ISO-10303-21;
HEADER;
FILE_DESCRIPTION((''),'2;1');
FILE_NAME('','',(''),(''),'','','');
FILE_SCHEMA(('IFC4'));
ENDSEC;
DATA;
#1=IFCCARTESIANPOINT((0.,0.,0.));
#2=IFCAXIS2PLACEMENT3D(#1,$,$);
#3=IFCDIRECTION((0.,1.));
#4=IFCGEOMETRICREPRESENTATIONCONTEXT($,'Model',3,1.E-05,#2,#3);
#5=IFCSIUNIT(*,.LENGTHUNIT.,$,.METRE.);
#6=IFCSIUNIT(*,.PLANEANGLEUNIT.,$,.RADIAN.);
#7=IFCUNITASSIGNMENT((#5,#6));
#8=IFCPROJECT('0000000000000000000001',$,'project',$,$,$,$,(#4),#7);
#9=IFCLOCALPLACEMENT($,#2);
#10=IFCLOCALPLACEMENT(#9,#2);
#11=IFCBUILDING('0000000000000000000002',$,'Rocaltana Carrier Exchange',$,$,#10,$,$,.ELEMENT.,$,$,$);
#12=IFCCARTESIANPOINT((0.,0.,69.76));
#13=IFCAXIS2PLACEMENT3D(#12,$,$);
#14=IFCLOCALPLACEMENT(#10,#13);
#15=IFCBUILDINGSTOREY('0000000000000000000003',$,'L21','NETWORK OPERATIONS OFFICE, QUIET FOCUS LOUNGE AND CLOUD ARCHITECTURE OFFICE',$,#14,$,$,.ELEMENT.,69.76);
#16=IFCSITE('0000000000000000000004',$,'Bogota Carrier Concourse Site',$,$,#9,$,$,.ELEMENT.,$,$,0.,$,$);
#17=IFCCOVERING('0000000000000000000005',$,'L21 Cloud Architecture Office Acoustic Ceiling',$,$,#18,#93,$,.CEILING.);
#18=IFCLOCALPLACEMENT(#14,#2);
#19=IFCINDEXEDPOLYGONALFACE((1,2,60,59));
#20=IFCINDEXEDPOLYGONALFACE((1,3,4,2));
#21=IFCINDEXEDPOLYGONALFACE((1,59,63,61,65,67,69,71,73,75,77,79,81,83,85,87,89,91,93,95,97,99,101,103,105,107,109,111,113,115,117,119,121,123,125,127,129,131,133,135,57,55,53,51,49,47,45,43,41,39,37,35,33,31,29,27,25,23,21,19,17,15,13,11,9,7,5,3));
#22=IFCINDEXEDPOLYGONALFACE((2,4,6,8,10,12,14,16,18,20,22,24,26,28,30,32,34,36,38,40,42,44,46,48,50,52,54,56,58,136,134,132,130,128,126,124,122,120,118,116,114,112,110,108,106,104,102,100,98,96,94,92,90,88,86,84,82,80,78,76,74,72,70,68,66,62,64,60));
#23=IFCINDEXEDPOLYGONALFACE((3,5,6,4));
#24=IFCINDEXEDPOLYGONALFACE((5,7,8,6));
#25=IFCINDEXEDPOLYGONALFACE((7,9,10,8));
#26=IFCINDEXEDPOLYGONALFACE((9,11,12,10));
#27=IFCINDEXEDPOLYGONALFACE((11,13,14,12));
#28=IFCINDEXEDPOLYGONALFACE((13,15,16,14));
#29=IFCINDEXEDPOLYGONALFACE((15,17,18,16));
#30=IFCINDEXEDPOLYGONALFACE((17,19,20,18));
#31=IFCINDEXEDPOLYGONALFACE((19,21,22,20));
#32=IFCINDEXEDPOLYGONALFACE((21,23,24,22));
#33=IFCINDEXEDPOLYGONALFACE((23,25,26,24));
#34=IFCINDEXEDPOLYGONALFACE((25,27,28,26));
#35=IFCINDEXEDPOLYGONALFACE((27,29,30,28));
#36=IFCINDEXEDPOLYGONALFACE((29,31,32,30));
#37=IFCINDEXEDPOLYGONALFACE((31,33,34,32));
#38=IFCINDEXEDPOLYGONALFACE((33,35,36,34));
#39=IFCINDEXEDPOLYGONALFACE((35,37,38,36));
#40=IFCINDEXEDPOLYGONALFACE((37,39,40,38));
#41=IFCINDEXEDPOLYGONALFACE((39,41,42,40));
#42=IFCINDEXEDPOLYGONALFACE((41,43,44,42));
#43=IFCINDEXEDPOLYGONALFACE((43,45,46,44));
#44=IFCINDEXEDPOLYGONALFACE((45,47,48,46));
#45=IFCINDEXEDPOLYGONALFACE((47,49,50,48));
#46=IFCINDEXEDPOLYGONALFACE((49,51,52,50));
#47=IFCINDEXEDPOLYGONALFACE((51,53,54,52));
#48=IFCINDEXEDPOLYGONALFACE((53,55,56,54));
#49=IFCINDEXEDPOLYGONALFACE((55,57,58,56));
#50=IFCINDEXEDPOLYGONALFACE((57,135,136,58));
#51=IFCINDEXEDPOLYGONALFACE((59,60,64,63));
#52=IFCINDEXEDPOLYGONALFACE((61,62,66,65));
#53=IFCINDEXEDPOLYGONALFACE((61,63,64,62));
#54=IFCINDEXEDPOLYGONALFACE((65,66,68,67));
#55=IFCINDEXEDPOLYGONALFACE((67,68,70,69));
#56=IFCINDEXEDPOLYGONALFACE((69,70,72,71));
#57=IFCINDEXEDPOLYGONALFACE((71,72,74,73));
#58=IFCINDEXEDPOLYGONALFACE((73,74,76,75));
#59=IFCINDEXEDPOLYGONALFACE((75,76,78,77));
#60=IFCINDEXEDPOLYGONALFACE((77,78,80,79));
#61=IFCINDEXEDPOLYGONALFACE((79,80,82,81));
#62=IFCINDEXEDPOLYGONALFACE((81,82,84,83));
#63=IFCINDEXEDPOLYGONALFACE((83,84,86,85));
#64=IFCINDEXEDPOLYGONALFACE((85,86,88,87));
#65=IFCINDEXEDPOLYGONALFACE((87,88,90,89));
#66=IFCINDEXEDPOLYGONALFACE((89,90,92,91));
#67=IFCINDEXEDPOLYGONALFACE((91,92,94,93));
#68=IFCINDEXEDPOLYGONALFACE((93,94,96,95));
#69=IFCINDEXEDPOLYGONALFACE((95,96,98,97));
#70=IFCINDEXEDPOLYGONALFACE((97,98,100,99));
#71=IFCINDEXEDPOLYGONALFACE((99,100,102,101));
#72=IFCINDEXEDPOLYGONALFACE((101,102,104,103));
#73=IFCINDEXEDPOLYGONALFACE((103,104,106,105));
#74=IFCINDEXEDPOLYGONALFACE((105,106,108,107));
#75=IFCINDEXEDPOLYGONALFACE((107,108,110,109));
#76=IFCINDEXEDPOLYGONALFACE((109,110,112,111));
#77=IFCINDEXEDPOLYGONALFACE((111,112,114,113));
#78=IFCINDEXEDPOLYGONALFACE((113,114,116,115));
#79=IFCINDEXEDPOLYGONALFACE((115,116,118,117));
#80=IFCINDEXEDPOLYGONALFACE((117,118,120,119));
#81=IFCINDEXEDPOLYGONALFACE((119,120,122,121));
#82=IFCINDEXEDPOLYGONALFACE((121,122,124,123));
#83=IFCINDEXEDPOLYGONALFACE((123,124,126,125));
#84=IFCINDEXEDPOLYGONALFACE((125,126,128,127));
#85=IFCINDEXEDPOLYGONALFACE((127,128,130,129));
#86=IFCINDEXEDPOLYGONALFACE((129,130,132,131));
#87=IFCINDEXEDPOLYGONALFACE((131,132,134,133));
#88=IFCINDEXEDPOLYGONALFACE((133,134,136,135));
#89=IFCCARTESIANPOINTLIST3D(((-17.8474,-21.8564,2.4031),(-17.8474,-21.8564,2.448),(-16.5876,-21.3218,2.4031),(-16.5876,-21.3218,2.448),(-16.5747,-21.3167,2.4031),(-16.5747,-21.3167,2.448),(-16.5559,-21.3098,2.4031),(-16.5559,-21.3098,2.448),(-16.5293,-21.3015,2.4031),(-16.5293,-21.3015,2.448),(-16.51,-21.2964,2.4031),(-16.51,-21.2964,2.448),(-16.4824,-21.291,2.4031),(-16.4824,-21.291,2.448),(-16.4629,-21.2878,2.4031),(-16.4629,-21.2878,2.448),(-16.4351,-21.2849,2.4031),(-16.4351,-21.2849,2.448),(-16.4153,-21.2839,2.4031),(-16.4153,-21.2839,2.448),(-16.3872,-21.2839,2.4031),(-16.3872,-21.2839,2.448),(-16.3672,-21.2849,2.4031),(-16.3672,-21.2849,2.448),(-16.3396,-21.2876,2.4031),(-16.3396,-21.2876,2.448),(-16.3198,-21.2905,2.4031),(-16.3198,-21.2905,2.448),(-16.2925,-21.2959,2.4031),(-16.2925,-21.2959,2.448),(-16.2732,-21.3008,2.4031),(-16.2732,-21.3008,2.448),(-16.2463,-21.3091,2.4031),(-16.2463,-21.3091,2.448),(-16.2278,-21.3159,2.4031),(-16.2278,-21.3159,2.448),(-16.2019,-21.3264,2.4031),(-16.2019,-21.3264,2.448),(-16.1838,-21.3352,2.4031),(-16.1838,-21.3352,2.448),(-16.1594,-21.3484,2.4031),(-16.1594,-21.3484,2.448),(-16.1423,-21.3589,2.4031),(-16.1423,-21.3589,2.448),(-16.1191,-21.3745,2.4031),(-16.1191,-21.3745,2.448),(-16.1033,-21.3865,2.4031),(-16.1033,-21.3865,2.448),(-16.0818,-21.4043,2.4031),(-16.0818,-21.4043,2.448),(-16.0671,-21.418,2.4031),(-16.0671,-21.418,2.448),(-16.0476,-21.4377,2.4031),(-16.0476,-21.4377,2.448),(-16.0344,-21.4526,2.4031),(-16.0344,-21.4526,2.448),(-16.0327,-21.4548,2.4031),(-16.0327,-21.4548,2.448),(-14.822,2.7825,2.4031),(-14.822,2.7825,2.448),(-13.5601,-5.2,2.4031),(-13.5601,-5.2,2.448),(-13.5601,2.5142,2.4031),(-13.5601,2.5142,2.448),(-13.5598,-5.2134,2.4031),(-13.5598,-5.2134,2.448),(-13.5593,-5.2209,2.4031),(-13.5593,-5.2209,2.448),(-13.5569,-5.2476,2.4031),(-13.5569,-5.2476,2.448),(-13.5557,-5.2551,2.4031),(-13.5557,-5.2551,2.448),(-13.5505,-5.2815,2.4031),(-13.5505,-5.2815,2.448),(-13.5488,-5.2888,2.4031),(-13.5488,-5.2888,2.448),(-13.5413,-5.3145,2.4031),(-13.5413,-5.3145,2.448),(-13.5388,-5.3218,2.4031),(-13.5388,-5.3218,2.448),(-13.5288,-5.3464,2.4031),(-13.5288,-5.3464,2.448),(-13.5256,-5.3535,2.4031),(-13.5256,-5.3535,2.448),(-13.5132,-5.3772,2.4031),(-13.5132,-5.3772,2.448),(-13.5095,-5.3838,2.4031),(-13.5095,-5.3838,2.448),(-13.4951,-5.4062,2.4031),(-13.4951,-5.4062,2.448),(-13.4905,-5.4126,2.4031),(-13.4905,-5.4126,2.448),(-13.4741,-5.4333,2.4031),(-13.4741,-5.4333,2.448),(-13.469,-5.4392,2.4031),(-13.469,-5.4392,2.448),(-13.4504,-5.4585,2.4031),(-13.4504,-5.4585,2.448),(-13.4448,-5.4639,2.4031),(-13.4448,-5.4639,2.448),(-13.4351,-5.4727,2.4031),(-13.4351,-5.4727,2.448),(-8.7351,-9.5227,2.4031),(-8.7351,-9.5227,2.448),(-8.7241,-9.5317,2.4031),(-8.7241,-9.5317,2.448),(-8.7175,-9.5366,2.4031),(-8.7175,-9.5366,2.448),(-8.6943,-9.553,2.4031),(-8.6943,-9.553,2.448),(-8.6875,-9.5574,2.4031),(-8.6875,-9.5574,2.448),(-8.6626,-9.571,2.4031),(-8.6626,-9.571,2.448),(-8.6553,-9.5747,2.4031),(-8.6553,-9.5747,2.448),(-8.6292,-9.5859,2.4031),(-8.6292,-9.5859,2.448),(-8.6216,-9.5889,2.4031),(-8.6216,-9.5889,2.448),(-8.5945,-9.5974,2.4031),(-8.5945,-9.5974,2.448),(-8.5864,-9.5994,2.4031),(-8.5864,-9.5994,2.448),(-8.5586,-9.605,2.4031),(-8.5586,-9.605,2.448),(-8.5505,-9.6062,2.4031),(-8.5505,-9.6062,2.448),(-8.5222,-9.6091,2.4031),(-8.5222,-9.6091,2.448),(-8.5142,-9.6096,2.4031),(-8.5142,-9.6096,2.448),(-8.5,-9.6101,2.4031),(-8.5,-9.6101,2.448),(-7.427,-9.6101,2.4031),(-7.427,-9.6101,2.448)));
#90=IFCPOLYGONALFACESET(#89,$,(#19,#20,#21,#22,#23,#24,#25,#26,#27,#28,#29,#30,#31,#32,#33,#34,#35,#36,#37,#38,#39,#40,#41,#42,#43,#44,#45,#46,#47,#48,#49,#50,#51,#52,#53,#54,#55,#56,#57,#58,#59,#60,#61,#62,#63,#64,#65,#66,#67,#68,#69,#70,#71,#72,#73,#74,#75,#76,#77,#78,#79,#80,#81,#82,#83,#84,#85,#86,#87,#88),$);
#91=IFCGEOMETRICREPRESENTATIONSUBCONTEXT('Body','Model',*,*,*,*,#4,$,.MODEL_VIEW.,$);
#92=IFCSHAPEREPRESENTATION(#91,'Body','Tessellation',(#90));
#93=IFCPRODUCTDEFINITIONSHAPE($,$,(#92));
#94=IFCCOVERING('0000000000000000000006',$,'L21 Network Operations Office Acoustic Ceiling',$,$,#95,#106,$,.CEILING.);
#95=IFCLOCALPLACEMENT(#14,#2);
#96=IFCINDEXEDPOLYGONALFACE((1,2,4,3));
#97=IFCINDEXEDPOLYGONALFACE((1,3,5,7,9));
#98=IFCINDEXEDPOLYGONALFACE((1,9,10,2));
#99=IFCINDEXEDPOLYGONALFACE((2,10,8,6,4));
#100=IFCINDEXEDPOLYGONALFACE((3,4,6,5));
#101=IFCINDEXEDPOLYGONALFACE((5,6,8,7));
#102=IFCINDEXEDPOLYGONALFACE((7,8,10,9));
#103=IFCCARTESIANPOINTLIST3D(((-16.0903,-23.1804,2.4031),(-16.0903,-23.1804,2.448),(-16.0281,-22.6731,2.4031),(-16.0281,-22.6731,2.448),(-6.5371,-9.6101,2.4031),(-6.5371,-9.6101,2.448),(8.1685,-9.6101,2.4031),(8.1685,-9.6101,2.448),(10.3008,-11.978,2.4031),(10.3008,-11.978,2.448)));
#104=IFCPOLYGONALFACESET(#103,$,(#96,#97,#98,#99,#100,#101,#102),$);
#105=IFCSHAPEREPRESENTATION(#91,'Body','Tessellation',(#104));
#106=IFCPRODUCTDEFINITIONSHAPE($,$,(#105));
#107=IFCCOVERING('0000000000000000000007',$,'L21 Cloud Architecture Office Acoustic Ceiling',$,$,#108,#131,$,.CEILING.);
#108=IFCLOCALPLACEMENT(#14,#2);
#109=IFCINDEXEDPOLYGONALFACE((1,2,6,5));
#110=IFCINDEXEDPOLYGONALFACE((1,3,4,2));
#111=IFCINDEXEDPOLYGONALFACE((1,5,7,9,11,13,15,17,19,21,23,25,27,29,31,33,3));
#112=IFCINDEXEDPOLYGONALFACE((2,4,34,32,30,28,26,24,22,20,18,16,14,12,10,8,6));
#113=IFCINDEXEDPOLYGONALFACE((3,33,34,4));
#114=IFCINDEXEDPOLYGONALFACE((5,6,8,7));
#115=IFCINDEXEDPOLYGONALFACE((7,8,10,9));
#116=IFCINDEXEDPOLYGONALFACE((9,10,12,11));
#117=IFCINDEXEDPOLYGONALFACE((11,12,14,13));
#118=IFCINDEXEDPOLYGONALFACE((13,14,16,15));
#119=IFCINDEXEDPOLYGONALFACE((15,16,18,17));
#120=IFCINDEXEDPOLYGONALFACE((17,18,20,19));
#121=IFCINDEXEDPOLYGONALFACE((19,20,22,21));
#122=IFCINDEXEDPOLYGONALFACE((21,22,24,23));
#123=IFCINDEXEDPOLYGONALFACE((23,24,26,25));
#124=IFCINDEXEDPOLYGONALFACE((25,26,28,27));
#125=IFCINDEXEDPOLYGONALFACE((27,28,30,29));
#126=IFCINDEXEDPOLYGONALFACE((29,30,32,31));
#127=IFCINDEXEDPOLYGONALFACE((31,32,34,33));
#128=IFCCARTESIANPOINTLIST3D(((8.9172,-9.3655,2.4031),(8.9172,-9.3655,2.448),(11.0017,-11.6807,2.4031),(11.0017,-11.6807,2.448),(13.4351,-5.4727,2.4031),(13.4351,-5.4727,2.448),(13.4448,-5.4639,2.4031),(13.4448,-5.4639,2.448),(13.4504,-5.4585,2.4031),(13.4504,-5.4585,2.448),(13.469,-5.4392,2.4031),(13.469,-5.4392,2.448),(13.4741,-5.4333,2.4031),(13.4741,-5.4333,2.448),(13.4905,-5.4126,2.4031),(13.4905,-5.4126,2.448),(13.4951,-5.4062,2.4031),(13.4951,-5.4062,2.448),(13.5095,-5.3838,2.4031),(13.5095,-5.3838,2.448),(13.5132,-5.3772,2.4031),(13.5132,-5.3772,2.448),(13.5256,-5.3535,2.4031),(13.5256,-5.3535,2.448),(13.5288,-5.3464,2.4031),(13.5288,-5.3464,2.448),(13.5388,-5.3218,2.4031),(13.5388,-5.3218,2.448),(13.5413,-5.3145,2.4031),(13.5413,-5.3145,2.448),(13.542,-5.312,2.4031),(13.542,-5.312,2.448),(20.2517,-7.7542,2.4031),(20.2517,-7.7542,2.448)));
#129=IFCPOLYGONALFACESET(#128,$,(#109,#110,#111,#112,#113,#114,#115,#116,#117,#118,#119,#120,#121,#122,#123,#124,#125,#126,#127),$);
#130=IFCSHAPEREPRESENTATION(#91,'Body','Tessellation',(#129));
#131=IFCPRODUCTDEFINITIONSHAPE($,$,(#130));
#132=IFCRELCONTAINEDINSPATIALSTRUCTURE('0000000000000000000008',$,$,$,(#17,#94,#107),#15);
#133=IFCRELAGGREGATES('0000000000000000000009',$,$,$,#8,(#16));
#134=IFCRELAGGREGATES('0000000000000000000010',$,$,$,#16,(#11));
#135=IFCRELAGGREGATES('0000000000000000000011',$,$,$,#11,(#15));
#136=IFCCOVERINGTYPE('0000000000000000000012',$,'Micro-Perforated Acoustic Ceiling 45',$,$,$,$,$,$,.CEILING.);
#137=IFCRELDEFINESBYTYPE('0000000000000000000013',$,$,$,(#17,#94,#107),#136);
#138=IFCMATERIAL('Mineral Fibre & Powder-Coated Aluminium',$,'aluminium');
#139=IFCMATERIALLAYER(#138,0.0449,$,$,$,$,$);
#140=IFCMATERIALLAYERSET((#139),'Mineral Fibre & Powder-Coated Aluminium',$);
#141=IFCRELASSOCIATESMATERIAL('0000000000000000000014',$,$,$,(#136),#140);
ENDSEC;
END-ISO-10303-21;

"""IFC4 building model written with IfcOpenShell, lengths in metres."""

from ifc_helpers import new_model, si_unit, direction, frame, origin, place, context, subcontext, project, spatial, polyline, outline, extrude, material, layer, layer_set, type_object, element, save


model = new_model("IFC4")

# Units and contexts
model_context = context("Model", 3, precision=1e-05, world=origin(), true_north=direction((0.0, 1.0)))
body_context = subcontext(model_context, "Body", "Model", "MODEL_VIEW")
ifc_project = project(units=[si_unit("LENGTHUNIT", "METRE"), si_unit("PLANEANGLEUNIT", "RADIAN")], contexts=[model_context])

# Site, building, storey
site_placement = place(None, origin())
site = spatial("IfcSite", under=ifc_project, at=site_placement, Name="Bogota Carrier Concourse Site", CompositionType="ELEMENT", RefElevation=0.0)
building_placement = place(site_placement, origin())
building = spatial("IfcBuilding", under=site, at=building_placement, Name="Rocaltana Carrier Exchange", CompositionType="ELEMENT")
storey_placement = place(building_placement, frame((0.0, 0.0, 69.76)))
storey = spatial("IfcBuildingStorey", under=building, at=storey_placement, Name="L21", Description="NETWORK OPERATIONS OFFICE, QUIET FOCUS LOUNGE AND CLOUD ARCHITECTURE OFFICE", CompositionType="ELEMENT", Elevation=69.76)

# Coverings
ifc_material_1 = material(Name="Mineral Fibre & Powder-Coated Aluminium", Category="aluminium")
ifc_layer_1 = layer(ifc_material_1, 0.0449)
ifc_layer_set_1 = layer_set([ifc_layer_1], Name="Mineral Fibre & Powder-Coated Aluminium")
covering_type_1 = type_object("IfcCoveringType", Name="Micro-Perforated Acoustic Ceiling 45", PredefinedType="CEILING", material=ifc_layer_set_1)
covering_1_placement = place(storey_placement, frame((0.0, 0.0, 2.4031)))
element("IfcCovering", 1, at=covering_1_placement, inside=storey, type_object=covering_type_1, Name="L21 Cloud Architecture Office Acoustic Ceiling", PredefinedType="CEILING", context=body_context, shape_type="SweptSolid", body=[
    extrude(outline(polyline([(-16.0327, -21.4548), (-16.0344, -21.4526), (-16.0476, -21.4377), (-16.0671, -21.418), (-16.0818, -21.4043), (-16.1033, -21.3865), (-16.1191, -21.3745), (-16.1423, -21.3589), (-16.1594, -21.3484), (-16.1838, -21.3352), (-16.2019, -21.3264), (-16.2278, -21.3159), (-16.2463, -21.3091), (-16.2732, -21.3008), (-16.2925, -21.2959), (-16.3198, -21.2905), (-16.3396, -21.2876), (-16.3672, -21.2849), (-16.3872, -21.2839), (-16.4153, -21.2839), (-16.4351, -21.2849), (-16.4629, -21.2878), (-16.4824, -21.291), (-16.51, -21.2964), (-16.5293, -21.3015), (-16.5559, -21.3098), (-16.5747, -21.3167), (-16.5876, -21.3218), (-17.8474, -21.8564), (-14.822, 2.7825), (-13.5601, 2.5142), (-13.5601, -5.2), (-13.5598, -5.2134), (-13.5593, -5.2209), (-13.5569, -5.2476), (-13.5557, -5.2551), (-13.5505, -5.2815), (-13.5488, -5.2888), (-13.5413, -5.3145), (-13.5388, -5.3218), (-13.5288, -5.3464), (-13.5256, -5.3535), (-13.5132, -5.3772), (-13.5095, -5.3838), (-13.4951, -5.4062), (-13.4905, -5.4126), (-13.4741, -5.4333), (-13.469, -5.4392), (-13.4504, -5.4585), (-13.4448, -5.4639), (-13.4351, -5.4727), (-8.7351, -9.5227), (-8.7241, -9.5317), (-8.7175, -9.5366), (-8.6943, -9.553), (-8.6875, -9.5574), (-8.6626, -9.571), (-8.6553, -9.5747), (-8.6292, -9.5859), (-8.6216, -9.5889), (-8.5945, -9.5974), (-8.5864, -9.5994), (-8.5586, -9.605), (-8.5505, -9.6062), (-8.5222, -9.6091), (-8.5142, -9.6096), (-8.5, -9.6101), (-7.427, -9.6101), (-16.0327, -21.4548)])), origin(), (0.0, 0.0, 1.0), 0.0449),
])
covering_2_placement = place(storey_placement, frame((0.0, 0.0, 2.4031)))
element("IfcCovering", 2, at=covering_2_placement, inside=storey, type_object=covering_type_1, Name="L21 Network Operations Office Acoustic Ceiling", PredefinedType="CEILING", context=body_context, shape_type="SweptSolid", body=[
    extrude(outline(polyline([(-16.0281, -22.6731), (-6.5371, -9.6101), (8.1685, -9.6101), (10.3008, -11.978), (-16.0903, -23.1804), (-16.0281, -22.6731)])), origin(), (0.0, 0.0, 1.0), 0.0449),
])
covering_3_placement = place(storey_placement, frame((0.0, 0.0, 2.4031)))
element("IfcCovering", 3, at=covering_3_placement, inside=storey, type_object=covering_type_1, Name="L21 Cloud Architecture Office Acoustic Ceiling", PredefinedType="CEILING", context=body_context, shape_type="SweptSolid", body=[
    extrude(outline(polyline([(8.9172, -9.3655), (13.4351, -5.4727), (13.4448, -5.4639), (13.4504, -5.4585), (13.469, -5.4392), (13.4741, -5.4333), (13.4905, -5.4126), (13.4951, -5.4062), (13.5095, -5.3838), (13.5132, -5.3772), (13.5256, -5.3535), (13.5288, -5.3464), (13.5388, -5.3218), (13.5413, -5.3145), (13.542, -5.312), (20.2517, -7.7542), (11.0017, -11.6807), (8.9172, -9.3655)])), origin(), (0.0, 0.0, 1.0), 0.0449),
])

save(model, "model.ifc")
